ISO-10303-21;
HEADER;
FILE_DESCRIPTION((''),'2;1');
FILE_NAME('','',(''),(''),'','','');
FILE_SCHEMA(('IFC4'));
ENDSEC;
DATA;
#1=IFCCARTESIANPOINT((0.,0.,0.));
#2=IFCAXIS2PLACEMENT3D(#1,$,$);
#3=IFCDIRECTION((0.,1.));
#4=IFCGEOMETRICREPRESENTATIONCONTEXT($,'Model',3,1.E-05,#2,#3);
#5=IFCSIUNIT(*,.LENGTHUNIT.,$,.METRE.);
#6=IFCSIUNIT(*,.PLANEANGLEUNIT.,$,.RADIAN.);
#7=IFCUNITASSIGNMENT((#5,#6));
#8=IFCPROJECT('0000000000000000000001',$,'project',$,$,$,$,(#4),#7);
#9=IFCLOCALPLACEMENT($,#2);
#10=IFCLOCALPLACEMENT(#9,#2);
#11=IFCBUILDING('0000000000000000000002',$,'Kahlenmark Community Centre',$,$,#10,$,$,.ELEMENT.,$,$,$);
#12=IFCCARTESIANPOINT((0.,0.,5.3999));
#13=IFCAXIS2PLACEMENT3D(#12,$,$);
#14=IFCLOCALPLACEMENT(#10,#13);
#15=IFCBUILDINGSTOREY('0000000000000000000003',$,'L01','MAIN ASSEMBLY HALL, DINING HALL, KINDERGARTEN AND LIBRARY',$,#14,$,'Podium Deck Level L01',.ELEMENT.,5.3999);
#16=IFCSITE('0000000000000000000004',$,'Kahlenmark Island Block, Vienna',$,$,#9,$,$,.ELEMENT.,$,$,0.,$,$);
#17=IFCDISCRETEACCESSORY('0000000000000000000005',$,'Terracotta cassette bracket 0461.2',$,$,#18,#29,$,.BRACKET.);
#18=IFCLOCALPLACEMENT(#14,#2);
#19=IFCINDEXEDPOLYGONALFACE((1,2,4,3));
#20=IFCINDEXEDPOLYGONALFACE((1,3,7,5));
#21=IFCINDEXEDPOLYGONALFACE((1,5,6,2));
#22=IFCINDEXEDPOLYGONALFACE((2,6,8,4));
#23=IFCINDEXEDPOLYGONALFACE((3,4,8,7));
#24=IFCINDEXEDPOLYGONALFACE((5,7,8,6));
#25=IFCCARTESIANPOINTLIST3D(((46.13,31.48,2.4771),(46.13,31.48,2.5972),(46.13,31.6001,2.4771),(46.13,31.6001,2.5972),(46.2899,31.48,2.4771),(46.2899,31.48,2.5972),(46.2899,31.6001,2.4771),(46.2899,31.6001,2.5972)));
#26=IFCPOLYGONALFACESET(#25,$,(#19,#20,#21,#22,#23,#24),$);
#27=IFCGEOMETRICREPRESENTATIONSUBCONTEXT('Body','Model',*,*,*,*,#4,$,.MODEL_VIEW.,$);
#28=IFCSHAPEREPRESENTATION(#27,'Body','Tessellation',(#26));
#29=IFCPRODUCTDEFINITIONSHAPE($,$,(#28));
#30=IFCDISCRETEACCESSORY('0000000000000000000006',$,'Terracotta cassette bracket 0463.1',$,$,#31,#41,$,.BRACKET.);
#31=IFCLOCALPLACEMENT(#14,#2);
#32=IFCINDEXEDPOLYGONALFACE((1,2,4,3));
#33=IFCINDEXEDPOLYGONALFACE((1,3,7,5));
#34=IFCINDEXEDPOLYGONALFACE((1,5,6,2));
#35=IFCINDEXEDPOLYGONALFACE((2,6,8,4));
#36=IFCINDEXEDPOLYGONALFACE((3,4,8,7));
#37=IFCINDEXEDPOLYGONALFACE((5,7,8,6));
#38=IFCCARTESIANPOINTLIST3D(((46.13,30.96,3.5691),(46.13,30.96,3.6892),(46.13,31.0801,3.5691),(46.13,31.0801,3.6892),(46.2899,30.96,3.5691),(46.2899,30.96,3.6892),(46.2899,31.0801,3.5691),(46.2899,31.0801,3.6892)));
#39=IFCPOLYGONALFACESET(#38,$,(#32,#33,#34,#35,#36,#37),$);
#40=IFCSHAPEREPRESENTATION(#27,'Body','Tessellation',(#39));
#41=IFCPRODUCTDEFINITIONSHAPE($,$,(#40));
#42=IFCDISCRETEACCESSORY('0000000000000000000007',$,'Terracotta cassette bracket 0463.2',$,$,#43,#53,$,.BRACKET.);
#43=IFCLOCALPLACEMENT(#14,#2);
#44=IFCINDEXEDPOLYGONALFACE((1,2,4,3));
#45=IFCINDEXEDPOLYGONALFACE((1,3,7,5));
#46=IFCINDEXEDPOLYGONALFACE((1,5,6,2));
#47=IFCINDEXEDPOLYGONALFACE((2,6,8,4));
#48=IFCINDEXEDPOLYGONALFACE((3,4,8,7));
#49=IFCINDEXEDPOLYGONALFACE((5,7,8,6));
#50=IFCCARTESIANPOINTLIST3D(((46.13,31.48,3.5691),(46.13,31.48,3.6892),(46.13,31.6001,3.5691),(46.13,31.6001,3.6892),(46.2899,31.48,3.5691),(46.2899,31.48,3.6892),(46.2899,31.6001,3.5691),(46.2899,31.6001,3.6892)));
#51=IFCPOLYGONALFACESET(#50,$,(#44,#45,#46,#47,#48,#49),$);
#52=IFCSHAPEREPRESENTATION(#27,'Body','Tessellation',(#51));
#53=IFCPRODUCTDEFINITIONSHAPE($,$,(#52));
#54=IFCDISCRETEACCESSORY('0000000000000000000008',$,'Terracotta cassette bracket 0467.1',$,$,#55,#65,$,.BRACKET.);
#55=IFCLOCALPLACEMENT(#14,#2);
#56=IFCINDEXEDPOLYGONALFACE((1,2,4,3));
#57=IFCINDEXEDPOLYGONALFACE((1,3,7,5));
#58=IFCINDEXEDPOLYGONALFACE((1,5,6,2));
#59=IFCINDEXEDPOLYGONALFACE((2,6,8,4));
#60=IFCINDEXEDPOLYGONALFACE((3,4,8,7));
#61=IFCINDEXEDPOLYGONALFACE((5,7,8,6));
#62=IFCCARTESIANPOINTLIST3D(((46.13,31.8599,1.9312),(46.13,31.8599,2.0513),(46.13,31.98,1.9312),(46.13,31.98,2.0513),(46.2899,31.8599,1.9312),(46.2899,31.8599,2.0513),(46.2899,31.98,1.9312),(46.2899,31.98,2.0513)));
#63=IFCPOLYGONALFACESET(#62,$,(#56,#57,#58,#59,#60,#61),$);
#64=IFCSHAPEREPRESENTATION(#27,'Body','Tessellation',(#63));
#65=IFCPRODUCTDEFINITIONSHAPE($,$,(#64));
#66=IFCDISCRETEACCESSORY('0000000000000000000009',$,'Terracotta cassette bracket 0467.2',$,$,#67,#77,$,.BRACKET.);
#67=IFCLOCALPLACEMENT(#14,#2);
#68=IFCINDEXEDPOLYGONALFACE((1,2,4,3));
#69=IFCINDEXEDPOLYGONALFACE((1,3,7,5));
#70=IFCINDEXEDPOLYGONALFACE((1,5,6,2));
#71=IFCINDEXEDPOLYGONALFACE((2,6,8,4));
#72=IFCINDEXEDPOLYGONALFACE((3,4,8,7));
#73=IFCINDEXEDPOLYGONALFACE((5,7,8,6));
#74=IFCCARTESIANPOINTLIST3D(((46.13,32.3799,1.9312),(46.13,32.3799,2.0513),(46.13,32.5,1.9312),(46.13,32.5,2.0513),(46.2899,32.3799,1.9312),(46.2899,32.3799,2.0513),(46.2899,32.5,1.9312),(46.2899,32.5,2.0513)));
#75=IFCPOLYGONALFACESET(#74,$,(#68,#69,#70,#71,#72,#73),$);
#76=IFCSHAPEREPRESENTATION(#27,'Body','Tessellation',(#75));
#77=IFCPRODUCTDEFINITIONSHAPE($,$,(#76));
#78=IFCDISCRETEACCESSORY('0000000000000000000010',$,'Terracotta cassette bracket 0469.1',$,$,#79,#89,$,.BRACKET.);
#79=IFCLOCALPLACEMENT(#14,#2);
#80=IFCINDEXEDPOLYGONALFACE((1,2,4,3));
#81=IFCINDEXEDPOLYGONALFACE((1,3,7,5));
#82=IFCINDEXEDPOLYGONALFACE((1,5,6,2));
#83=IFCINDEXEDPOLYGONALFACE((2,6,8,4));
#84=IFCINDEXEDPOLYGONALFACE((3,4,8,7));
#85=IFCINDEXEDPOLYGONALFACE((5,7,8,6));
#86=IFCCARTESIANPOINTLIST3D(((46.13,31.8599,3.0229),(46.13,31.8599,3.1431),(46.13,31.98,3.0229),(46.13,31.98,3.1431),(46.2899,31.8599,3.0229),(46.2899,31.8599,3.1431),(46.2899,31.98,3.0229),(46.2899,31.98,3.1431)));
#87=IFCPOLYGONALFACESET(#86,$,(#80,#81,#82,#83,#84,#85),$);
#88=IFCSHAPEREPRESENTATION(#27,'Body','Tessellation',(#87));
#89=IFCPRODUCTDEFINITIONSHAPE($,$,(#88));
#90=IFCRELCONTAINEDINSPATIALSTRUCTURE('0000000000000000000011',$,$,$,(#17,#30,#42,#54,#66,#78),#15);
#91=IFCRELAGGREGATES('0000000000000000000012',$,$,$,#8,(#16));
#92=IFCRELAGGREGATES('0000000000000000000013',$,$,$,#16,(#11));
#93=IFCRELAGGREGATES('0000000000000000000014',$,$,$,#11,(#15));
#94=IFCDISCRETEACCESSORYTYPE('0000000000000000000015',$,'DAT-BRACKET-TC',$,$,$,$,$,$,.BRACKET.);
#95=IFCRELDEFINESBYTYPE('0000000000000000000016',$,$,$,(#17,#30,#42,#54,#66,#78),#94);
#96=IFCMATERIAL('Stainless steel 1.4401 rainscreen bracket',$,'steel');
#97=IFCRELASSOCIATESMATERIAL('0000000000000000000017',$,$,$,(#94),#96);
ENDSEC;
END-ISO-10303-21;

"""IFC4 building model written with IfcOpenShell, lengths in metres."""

from ifc_helpers import new_model, si_unit, direction, frame, origin, origin_2d, place, context, subcontext, project, spatial, rectangle, extrude, material, type_object, element, save


model = new_model("IFC4")

# Units and contexts
model_context = context("Model", 3, precision=1e-05, world=origin(), true_north=direction((0.0, 1.0)))
body_context = subcontext(model_context, "Body", "Model", "MODEL_VIEW")
ifc_project = project(units=[si_unit("LENGTHUNIT", "METRE"), si_unit("PLANEANGLEUNIT", "RADIAN")], contexts=[model_context])

# Site, building, storey
site_placement = place(None, origin())
site = spatial("IfcSite", under=ifc_project, at=site_placement, Name="Kahlenmark Island Block, Vienna", CompositionType="ELEMENT", RefElevation=0.0)
building_placement = place(site_placement, origin())
building = spatial("IfcBuilding", under=site, at=building_placement, Name="Kahlenmark Community Centre", CompositionType="ELEMENT")
storey_placement = place(building_placement, frame((0.0, 0.0, 5.3999)))
storey = spatial("IfcBuildingStorey", under=building, at=storey_placement, Name="L01", Description="MAIN ASSEMBLY HALL, DINING HALL, KINDERGARTEN AND LIBRARY", LongName="Podium Deck Level L01", CompositionType="ELEMENT", Elevation=5.3999)

# Discrete accessories
ifc_material_1 = material(Name="Stainless steel 1.4401 rainscreen bracket", Category="steel")
discrete_accessory_type = type_object("IfcDiscreteAccessoryType", Name="DAT-BRACKET-TC", PredefinedType="BRACKET", material=ifc_material_1)
for number, where, z_axis, x_axis, name in (
    (1, (46.21, 31.54, 2.4771), (0.0, 0.0, 1.0), (0.0, 1.0, 0.0), "Terracotta cassette bracket 0461.2"),
    (2, (46.21, 31.02, 3.5691), (0.0, 0.0, 1.0), (0.0, 1.0, 0.0), "Terracotta cassette bracket 0463.1"),
    (3, (46.21, 31.54, 3.5691), (0.0, 0.0, 1.0), (0.0, 1.0, 0.0), "Terracotta cassette bracket 0463.2"),
    (4, (46.21, 31.9199, 1.9312), (0.0, 0.0, 1.0), (0.0, 1.0, 0.0), "Terracotta cassette bracket 0467.1"),
    (5, (46.21, 32.4399, 1.9312), (0.0, 0.0, 1.0), (0.0, 1.0, 0.0), "Terracotta cassette bracket 0467.2"),
    (6, (46.21, 31.9199, 3.0229), (0.0, 0.0, 1.0), (0.0, 1.0, 0.0), "Terracotta cassette bracket 0469.1"),
):
    element("IfcDiscreteAccessory", number, at=place(storey_placement, frame(where, z_axis=z_axis, x_axis=x_axis)), inside=storey, type_object=discrete_accessory_type, Name=name, PredefinedType="BRACKET", context=body_context, shape_type="SweptSolid", body=[
        extrude(rectangle(XDim=0.1201, YDim=0.1599, at=origin_2d()), origin(), (0.0, 0.0, 1.0), 0.1201),
    ])

save(model, "model.ifc")
